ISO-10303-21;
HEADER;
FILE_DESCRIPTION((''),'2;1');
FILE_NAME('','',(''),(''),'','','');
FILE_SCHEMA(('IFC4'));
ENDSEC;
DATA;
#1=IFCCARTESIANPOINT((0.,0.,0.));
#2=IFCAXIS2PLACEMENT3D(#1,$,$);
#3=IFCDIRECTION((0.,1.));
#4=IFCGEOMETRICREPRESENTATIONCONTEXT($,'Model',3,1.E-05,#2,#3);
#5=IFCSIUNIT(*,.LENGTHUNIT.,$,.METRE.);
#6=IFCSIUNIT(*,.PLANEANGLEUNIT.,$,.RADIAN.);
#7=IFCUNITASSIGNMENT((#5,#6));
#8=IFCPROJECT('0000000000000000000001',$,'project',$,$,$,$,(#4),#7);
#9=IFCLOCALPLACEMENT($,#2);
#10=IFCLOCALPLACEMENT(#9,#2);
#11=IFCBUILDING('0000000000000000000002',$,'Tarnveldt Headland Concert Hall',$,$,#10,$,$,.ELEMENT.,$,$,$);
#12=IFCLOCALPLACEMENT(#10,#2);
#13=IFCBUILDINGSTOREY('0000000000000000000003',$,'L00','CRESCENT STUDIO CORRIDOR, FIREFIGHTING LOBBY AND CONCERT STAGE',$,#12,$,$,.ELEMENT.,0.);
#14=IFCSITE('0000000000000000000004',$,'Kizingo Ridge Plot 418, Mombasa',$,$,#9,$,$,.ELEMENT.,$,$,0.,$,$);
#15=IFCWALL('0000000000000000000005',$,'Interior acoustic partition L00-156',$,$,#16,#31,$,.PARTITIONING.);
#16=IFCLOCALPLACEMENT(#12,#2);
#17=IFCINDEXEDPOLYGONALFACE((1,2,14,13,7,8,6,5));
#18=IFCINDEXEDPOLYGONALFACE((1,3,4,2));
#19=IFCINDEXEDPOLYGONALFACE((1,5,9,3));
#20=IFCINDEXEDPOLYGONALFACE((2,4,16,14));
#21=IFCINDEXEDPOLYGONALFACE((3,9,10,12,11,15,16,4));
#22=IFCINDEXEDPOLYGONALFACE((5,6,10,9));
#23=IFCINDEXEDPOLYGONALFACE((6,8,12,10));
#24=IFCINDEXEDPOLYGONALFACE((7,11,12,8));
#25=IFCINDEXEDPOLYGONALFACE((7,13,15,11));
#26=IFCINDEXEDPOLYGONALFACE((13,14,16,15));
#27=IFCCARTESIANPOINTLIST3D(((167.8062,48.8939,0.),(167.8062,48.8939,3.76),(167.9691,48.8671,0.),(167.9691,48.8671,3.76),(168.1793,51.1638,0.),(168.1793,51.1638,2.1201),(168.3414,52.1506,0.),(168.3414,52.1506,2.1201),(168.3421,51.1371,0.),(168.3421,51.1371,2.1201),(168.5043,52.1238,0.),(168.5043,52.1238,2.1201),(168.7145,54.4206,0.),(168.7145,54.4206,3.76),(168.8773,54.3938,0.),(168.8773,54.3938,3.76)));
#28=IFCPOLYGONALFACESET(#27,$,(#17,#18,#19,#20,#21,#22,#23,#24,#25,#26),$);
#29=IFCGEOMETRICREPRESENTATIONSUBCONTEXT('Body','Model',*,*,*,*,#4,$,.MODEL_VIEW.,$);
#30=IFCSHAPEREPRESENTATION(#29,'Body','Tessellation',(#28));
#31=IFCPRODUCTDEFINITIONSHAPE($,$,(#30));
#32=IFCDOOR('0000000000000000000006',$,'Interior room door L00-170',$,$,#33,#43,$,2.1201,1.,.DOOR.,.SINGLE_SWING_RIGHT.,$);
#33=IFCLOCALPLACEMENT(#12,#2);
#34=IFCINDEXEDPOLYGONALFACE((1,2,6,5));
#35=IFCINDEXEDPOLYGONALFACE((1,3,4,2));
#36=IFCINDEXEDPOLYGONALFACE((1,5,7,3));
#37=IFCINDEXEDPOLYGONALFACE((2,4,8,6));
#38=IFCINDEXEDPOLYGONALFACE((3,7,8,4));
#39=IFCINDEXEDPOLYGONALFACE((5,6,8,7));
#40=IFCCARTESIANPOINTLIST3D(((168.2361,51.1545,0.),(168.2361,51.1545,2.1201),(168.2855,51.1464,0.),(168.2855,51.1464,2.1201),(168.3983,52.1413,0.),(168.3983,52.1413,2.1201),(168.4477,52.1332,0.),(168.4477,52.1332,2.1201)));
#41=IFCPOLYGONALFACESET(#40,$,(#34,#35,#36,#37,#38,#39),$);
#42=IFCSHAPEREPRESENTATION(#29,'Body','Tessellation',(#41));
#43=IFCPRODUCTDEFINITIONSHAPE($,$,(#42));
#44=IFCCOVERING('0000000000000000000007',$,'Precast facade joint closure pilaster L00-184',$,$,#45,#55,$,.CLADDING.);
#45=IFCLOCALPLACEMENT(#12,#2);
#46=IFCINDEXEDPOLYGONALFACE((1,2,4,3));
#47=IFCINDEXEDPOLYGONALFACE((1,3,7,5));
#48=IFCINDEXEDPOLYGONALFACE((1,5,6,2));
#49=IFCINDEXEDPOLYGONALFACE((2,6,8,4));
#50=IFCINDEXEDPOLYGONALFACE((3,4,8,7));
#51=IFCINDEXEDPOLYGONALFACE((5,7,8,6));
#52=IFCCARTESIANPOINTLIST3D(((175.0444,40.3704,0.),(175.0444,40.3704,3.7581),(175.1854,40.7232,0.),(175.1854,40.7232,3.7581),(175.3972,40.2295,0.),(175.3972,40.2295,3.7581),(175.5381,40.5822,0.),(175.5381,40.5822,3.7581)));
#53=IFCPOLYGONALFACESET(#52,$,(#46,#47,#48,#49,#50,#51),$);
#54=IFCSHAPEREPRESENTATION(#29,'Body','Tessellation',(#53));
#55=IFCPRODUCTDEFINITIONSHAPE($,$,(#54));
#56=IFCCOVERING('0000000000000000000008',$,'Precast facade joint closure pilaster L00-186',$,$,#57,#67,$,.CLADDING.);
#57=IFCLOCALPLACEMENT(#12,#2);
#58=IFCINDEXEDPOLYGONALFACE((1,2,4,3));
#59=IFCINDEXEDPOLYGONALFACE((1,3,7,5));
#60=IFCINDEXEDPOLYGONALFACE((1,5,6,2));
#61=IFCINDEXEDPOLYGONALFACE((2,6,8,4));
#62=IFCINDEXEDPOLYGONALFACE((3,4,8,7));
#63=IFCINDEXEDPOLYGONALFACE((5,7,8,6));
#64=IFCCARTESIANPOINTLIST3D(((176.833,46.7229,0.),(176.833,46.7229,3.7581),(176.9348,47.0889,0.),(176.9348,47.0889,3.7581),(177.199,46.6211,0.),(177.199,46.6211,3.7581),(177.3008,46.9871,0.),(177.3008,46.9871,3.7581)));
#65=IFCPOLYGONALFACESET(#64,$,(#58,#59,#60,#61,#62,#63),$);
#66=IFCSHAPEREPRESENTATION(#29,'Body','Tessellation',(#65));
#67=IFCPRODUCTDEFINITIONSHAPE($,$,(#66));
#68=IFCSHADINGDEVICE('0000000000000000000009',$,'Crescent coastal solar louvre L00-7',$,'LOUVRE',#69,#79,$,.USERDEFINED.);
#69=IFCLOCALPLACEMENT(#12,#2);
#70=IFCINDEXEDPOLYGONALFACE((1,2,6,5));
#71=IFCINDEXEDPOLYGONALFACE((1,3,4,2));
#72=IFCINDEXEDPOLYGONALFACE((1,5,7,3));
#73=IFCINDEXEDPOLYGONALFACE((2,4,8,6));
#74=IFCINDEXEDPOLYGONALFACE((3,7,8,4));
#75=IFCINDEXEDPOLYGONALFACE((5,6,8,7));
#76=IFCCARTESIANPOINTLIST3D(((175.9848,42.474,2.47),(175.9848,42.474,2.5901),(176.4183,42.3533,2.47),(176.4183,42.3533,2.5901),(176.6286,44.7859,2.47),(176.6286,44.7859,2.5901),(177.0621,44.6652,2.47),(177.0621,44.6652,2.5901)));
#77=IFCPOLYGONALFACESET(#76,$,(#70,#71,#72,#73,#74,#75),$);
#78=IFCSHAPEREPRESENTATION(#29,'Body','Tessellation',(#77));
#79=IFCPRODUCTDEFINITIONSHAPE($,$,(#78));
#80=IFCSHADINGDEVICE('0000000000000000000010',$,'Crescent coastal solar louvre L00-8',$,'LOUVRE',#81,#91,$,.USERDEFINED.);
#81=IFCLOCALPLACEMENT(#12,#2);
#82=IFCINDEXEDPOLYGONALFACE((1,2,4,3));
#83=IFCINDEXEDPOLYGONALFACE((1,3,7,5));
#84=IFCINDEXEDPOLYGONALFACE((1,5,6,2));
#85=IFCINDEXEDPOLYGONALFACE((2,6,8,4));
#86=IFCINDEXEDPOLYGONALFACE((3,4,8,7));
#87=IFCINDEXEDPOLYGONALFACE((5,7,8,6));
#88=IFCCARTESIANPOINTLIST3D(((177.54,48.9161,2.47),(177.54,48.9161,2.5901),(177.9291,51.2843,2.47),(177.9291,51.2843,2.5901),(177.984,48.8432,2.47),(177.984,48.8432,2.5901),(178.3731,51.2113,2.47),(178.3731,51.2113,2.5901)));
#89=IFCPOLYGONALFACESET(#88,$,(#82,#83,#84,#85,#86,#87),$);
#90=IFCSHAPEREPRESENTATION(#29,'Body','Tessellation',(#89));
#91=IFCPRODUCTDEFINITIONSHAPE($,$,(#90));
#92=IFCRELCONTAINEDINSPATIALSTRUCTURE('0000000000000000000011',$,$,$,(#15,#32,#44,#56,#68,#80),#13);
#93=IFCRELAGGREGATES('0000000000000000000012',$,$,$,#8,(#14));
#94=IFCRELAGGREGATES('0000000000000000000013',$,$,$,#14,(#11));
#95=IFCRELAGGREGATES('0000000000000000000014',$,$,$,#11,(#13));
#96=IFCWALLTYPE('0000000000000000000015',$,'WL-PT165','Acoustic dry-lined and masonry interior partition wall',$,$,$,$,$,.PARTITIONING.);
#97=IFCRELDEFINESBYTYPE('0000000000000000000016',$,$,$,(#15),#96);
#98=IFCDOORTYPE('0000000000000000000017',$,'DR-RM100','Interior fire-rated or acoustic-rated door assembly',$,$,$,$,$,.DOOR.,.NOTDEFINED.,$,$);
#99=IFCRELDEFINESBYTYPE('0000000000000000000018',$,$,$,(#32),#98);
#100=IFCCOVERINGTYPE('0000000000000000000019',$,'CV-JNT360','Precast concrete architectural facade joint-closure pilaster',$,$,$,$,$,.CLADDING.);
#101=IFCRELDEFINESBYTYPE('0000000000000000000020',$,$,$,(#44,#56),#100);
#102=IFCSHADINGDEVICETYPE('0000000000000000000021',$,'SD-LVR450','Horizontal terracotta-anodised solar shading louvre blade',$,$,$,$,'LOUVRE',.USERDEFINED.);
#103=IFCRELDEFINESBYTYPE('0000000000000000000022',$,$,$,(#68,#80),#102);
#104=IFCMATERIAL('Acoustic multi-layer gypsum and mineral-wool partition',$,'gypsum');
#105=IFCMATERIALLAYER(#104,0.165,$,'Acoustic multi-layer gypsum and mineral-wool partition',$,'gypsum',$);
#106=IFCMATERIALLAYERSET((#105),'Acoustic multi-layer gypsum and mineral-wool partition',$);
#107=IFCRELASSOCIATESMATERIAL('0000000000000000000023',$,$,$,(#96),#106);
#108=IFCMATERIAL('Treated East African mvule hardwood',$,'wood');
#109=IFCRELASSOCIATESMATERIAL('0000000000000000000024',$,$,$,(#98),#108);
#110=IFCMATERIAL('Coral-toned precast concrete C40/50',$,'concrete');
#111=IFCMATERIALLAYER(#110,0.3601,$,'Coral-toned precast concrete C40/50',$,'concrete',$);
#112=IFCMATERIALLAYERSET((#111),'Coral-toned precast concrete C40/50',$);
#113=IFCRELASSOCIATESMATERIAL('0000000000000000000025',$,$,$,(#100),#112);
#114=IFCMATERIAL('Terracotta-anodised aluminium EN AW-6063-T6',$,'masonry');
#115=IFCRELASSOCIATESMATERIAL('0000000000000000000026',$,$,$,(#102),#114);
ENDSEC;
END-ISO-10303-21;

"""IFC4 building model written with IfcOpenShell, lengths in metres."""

from ifc_helpers import new_model, si_unit, direction, frame, frame_2d, origin, origin_2d, place, context, subcontext, project, spatial, rectangle, extrude, material, layer, layer_set, type_object, element, fill, save


model = new_model("IFC4")

# Units and contexts
model_context = context("Model", 3, precision=1e-05, world=origin(), true_north=direction((0.0, 1.0)))
body_context = subcontext(model_context, "Body", "Model", "MODEL_VIEW")
ifc_project = project(units=[si_unit("LENGTHUNIT", "METRE"), si_unit("PLANEANGLEUNIT", "RADIAN")], contexts=[model_context])

# Site, building, storey
site_placement = place(None, origin())
site = spatial("IfcSite", under=ifc_project, at=site_placement, Name="Kizingo Ridge Plot 418, Mombasa", CompositionType="ELEMENT", RefElevation=0.0)
building_placement = place(site_placement, origin())
building = spatial("IfcBuilding", under=site, at=building_placement, Name="Tarnveldt Headland Concert Hall", CompositionType="ELEMENT")
storey_placement = place(building_placement, origin())
storey = spatial("IfcBuildingStorey", under=building, at=storey_placement, Name="L00", Description="CRESCENT STUDIO CORRIDOR, FIREFIGHTING LOBBY AND CONCERT STAGE", CompositionType="ELEMENT", Elevation=0.0)

# Shared definitions
ifc_material_1 = material(Name="Coral-toned precast concrete C40/50", Category="concrete")

# Wall, opening, door
ifc_material_2 = material(Name="Acoustic multi-layer gypsum and mineral-wool partition", Category="gypsum")
ifc_layer_1 = layer(ifc_material_2, 0.165, Name="Acoustic multi-layer gypsum and mineral-wool partition", Category="gypsum")
ifc_layer_set_1 = layer_set([ifc_layer_1], Name="Acoustic multi-layer gypsum and mineral-wool partition")
wall_type_1 = type_object("IfcWallType", Name="WL-PT165", Description="Acoustic dry-lined and masonry interior partition wall", PredefinedType="PARTITIONING", material=ifc_layer_set_1)
wall_1_placement = place(storey_placement, frame((167.8877, 48.8806, 0.0), z_axis=(0.0, 0.0, 1.0), x_axis=(0.162158, 0.986765, 0.0)))
wall_1 = element("IfcWall", 1, at=wall_1_placement, inside=storey, type_object=wall_type_1, Name="Interior acoustic partition L00-156", PredefinedType="PARTITIONING", context=body_context, shape_type="SweptSolid", body=[
    extrude(rectangle(XDim=5.6008, YDim=0.165, at=frame_2d((2.8003, 0.0))), origin(), (0.0, 0.0, 1.0), 3.76),
])
opening_1_placement = place(wall_1_placement, frame((2.3003, 0.0, 0.0)))
opening_1 = element("IfcOpeningElement", 2, at=opening_1_placement, cuts=wall_1, PredefinedType="OPENING", context=body_context, shape_type="SweptSolid", body=[
    extrude(rectangle(XDim=1.0, YDim=2.1201, at=frame_2d((0.5, 1.0601))), frame((0.0, 0.0925, 0.0), z_axis=(0.0, -1.0, 0.0), x_axis=(1.0, 0.0, 0.0)), (0.0, 0.0, 1.0), 0.1851),
])
ifc_material_3 = material(Name="Treated East African mvule hardwood", Category="wood")
door_type = type_object("IfcDoorType", Name="DR-RM100", Description="Interior fire-rated or acoustic-rated door assembly", OperationType="NOTDEFINED", PredefinedType="DOOR", material=ifc_material_3)
door_placement = place(opening_1_placement, origin())
door = element("IfcDoor", 3, at=door_placement, inside=storey, type_object=door_type, Name="Interior room door L00-170", OperationType="SINGLE_SWING_RIGHT", OverallHeight=2.1201, OverallWidth=1.0, PredefinedType="DOOR", context=body_context, shape_type="SweptSolid", body=[
    extrude(rectangle(XDim=1.0, YDim=2.1201, at=frame_2d((0.5, 1.0601))), frame((0.0, 0.0249, 0.0), z_axis=(0.0, -1.0, 0.0), x_axis=(1.0, 0.0, 0.0)), (0.0, 0.0, 1.0), 0.05),
])
fill(opening_1, door)

# Coverings
ifc_layer_2 = layer(ifc_material_1, 0.3601, Name="Coral-toned precast concrete C40/50", Category="concrete")
ifc_layer_set_2 = layer_set([ifc_layer_2], Name="Coral-toned precast concrete C40/50")
covering_type = type_object("IfcCoveringType", Name="CV-JNT360", Description="Precast concrete architectural facade joint-closure pilaster", PredefinedType="CLADDING", material=ifc_layer_set_2)
for number, where, z_axis, x_axis, name in (
    (4, (175.2913, 40.4763, 0.0), (0.0, 0.0, 1.0), (-0.371044, -0.928615, 0.0), "Precast facade joint closure pilaster L00-184"),
    (5, (177.0669, 46.855, 0.0), (0.0, 0.0, 1.0), (-0.268079, -0.963397, 0.0), "Precast facade joint closure pilaster L00-186"),
):
    element("IfcCovering", number, at=place(storey_placement, frame(where, z_axis=z_axis, x_axis=x_axis)), inside=storey, type_object=covering_type, Name=name, PredefinedType="CLADDING", context=body_context, shape_type="SweptSolid", body=[
        extrude(rectangle(XDim=0.3799, YDim=0.3799, at=origin_2d()), origin(), (0.0, 0.0, 1.0), 3.7581),
    ])

# Shading devices
ifc_material_4 = material(Name="Terracotta-anodised aluminium EN AW-6063-T6", Category="masonry")
shading_device_type = type_object("IfcShadingDeviceType", Name="SD-LVR450", Description="Horizontal terracotta-anodised solar shading louvre blade", ElementType="LOUVRE", PredefinedType="USERDEFINED", material=ifc_material_4)
for number, where, z_axis, x_axis, name in (
    (6, (176.5234, 43.5696, 2.47), (0.0, 0.0, 1.0), (0.96335, -0.268247, 0.0), "Crescent coastal solar louvre L00-7"),
    (7, (177.9565, 50.0637, 2.47), (0.0, 0.0, 1.0), (0.986771, -0.162121, 0.0), "Crescent coastal solar louvre L00-8"),
):
    element("IfcShadingDevice", number, at=place(storey_placement, frame(where, z_axis=z_axis, x_axis=x_axis)), inside=storey, type_object=shading_device_type, Name=name, ObjectType="LOUVRE", PredefinedType="USERDEFINED", context=body_context, shape_type="SweptSolid", body=[
        extrude(rectangle(XDim=0.45, YDim=2.3999, at=origin_2d()), origin(), (0.0, 0.0, 1.0), 0.1201),
    ])

save(model, "model.ifc")
